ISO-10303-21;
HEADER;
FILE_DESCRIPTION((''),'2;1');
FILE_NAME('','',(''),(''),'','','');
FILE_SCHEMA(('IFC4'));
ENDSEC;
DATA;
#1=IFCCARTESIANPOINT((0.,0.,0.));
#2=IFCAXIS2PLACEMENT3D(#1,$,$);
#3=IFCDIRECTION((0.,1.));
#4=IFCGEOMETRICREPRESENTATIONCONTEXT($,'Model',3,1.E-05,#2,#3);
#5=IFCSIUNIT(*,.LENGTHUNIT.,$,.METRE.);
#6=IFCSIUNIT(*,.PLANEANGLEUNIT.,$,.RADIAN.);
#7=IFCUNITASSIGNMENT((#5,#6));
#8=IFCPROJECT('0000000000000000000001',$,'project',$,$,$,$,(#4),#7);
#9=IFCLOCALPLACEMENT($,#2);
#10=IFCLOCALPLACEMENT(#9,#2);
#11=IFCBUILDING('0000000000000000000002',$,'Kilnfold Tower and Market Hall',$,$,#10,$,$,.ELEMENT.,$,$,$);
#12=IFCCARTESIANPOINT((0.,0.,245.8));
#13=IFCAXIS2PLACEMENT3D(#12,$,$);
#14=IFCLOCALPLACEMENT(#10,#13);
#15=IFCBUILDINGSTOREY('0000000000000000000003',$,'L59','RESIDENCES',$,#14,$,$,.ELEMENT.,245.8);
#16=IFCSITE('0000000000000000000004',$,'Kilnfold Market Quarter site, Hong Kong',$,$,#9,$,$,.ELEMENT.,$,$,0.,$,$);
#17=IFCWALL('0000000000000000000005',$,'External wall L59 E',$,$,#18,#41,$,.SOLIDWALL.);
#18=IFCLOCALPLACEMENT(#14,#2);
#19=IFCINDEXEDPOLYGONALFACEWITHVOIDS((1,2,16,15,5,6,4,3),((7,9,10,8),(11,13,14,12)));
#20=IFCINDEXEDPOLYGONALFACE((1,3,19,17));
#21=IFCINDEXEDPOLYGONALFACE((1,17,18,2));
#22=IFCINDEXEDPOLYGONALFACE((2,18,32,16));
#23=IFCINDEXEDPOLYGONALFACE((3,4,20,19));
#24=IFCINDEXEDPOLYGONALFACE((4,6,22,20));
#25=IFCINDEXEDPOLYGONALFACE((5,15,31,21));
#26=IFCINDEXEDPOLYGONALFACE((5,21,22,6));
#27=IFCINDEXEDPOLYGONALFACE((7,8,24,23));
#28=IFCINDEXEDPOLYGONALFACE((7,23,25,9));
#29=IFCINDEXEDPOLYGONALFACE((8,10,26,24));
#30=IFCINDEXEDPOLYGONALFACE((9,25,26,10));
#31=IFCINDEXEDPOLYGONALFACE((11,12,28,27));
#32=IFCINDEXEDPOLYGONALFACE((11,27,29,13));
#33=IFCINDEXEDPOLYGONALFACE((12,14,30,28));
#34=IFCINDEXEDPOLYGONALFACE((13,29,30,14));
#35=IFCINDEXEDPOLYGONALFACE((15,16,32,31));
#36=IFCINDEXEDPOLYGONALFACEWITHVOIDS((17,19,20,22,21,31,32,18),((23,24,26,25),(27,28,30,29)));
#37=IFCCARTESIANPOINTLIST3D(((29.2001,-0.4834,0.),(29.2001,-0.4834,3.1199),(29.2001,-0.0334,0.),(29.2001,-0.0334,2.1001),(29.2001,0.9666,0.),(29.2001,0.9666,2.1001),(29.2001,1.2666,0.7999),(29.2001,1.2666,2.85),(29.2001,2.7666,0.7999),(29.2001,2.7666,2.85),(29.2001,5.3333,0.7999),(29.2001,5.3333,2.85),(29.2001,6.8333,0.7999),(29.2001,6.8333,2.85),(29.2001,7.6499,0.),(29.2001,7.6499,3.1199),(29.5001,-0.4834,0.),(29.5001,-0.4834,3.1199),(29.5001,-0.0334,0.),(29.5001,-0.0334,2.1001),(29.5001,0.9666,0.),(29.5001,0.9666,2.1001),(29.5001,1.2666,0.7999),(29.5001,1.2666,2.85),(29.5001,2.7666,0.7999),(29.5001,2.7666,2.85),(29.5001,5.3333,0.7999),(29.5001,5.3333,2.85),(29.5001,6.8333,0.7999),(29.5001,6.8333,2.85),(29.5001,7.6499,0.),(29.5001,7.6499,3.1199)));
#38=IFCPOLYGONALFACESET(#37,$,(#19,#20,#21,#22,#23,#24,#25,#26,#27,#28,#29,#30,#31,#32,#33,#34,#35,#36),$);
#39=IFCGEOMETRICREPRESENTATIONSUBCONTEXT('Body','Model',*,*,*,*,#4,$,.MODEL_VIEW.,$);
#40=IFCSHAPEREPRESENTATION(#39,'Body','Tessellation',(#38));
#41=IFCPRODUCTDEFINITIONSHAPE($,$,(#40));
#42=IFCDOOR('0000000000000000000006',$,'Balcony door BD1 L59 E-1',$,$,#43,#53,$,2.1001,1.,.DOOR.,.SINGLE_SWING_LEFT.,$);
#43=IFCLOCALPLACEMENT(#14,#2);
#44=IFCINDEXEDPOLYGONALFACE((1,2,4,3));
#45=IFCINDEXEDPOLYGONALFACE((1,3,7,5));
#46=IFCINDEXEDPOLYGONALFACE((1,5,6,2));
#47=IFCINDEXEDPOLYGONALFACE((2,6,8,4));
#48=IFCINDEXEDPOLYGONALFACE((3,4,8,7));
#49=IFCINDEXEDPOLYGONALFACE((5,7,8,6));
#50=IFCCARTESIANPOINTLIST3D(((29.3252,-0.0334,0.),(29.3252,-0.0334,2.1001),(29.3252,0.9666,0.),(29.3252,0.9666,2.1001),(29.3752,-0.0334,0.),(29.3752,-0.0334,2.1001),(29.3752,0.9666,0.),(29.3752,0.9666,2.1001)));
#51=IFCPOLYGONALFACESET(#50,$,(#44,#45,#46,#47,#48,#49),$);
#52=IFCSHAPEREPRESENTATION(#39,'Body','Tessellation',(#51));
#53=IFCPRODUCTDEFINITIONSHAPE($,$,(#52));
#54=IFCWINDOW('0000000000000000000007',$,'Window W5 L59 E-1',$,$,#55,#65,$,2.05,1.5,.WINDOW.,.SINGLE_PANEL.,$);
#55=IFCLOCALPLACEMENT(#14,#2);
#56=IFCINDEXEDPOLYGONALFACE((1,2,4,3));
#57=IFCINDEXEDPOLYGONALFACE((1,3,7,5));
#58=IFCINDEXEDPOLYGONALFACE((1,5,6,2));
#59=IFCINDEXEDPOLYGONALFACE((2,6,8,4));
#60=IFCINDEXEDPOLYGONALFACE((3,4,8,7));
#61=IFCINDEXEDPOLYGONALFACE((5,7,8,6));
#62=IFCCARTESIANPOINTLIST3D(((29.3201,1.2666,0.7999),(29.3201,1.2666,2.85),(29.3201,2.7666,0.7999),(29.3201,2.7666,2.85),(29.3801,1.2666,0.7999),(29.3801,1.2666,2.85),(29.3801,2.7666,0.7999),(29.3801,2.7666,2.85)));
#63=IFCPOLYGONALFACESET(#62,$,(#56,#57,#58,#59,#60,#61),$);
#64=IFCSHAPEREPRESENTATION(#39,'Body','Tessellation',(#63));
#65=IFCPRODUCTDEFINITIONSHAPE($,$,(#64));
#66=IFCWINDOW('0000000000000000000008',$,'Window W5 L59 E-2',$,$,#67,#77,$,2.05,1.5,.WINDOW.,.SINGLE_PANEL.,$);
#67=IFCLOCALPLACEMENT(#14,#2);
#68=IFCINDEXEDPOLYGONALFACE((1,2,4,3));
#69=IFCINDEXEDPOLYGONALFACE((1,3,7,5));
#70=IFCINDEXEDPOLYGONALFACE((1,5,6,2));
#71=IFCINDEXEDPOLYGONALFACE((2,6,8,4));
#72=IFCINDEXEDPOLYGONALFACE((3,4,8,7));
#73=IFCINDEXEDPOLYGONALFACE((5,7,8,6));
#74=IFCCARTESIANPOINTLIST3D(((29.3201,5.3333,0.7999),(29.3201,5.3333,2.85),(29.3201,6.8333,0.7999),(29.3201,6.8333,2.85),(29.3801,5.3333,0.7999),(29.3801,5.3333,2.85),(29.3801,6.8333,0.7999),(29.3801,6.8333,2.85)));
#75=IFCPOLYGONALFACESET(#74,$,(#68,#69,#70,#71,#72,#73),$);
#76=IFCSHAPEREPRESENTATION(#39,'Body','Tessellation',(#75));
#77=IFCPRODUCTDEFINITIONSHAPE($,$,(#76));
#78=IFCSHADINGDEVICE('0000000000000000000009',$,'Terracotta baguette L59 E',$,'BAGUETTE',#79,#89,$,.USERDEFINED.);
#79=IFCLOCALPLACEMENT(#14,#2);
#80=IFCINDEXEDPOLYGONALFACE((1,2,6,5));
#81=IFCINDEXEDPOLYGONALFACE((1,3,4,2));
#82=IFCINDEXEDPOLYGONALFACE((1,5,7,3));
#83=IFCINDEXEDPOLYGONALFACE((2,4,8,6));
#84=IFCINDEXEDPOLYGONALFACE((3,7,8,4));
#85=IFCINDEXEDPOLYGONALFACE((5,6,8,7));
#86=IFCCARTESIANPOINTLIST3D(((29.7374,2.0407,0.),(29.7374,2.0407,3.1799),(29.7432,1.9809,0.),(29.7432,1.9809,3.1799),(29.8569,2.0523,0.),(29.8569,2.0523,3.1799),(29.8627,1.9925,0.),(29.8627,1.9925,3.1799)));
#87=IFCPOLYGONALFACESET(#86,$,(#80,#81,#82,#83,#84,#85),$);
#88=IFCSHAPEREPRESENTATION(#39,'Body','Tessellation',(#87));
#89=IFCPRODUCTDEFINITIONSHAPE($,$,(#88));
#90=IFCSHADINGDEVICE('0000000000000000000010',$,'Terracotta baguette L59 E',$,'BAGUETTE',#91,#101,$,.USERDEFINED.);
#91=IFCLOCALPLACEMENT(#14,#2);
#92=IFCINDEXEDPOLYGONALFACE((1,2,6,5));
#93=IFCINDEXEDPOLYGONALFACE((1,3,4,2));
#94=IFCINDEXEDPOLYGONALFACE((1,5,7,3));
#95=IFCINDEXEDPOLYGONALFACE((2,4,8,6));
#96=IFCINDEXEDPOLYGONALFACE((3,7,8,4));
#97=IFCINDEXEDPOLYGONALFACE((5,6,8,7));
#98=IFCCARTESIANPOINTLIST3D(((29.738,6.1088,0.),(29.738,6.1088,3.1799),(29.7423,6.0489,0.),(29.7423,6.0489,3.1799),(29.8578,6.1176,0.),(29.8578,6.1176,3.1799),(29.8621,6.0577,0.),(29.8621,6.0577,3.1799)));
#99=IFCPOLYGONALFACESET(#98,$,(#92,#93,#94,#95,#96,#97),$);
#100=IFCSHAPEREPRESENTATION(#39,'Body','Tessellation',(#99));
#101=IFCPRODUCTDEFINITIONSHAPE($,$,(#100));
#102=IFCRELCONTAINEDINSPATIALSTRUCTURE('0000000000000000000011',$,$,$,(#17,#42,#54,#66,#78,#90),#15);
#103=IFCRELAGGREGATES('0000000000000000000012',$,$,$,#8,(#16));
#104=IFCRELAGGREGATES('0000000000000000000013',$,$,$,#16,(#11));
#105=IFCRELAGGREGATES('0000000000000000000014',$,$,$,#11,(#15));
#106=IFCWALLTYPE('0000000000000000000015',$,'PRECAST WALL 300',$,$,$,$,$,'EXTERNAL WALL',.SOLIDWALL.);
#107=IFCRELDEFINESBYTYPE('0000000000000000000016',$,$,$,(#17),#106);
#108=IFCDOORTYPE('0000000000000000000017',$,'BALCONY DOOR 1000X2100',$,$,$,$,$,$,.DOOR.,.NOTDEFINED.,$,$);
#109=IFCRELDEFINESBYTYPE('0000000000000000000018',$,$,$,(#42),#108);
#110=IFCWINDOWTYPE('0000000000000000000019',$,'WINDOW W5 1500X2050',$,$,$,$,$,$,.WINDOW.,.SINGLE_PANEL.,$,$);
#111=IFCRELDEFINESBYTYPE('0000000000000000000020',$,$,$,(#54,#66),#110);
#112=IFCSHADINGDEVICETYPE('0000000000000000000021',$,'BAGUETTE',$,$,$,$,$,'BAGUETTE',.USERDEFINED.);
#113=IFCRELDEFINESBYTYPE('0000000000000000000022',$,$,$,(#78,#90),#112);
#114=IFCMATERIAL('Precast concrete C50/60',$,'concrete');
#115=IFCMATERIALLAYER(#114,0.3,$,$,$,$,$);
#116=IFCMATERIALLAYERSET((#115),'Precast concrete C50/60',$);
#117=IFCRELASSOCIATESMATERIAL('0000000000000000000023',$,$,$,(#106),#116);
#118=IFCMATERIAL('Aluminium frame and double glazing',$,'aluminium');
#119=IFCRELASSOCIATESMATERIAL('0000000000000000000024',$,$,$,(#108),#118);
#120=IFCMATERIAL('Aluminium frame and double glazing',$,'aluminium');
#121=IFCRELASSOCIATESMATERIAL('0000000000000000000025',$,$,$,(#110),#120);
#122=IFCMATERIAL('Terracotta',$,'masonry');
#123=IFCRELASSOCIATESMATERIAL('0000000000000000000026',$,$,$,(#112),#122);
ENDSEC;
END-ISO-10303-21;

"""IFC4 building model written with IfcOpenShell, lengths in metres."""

from ifc_helpers import new_model, si_unit, direction, frame, frame_2d, origin, origin_2d, place, context, subcontext, project, spatial, rectangle, extrude, source, transform, mapped, material, layer, layer_set, material_profile, profile_set, type_object, element, fill, save


model = new_model("IFC4")

# Units and contexts
model_context = context("Model", 3, precision=1e-05, world=origin(), true_north=direction((0.0, 1.0)))
body_context = subcontext(model_context, "Body", "Model", "MODEL_VIEW")
ifc_project = project(units=[si_unit("LENGTHUNIT", "METRE"), si_unit("PLANEANGLEUNIT", "RADIAN")], contexts=[model_context])

# Site, building, storey
site_placement = place(None, origin())
site = spatial("IfcSite", under=ifc_project, at=site_placement, Name="Kilnfold Market Quarter site, Hong Kong", CompositionType="ELEMENT", RefElevation=0.0)
building_placement = place(site_placement, origin())
building = spatial("IfcBuilding", under=site, at=building_placement, Name="Kilnfold Tower and Market Hall", CompositionType="ELEMENT")
storey_placement = place(building_placement, frame((0.0, 0.0, 245.8)))
storey = spatial("IfcBuildingStorey", under=building, at=storey_placement, Name="L59", Description="RESIDENCES", CompositionType="ELEMENT", Elevation=245.8)

# Wall, openings, door, windows
ifc_material_1 = material(Name="Precast concrete C50/60", Category="concrete")
ifc_layer_1 = layer(ifc_material_1, 0.3)
ifc_layer_set_1 = layer_set([ifc_layer_1], Name="Precast concrete C50/60")
wall_type_1 = type_object("IfcWallType", Name="PRECAST WALL 300", ElementType="EXTERNAL WALL", PredefinedType="SOLIDWALL", material=ifc_layer_set_1)
shared_shape_1 = source(origin(), body_context, "Body", "SweptSolid", [
    extrude(rectangle(XDim=8.1333, YDim=0.3, at=frame_2d((4.0667, 0.0))), origin(), (0.0, 0.0, 1.0), 3.1199),
])
wall_1_placement = place(storey_placement, frame((29.3501, -0.4834, 0.0), z_axis=(0.0, 0.0, 1.0), x_axis=(0.0, 1.0, 0.0)))
wall_1 = element("IfcWall", 1, at=wall_1_placement, inside=storey, type_object=wall_type_1, Name="External wall L59 E", PredefinedType="SOLIDWALL", context=body_context, shape_type="MappedRepresentation", body=[
    mapped(shared_shape_1, transform((0.0, 0.0, 0.0))),
])
opening_1_placement = place(wall_1_placement, frame((1.75, 0.0, 0.8)))
opening_1 = element("IfcOpeningElement", 2, at=opening_1_placement, cuts=wall_1, PredefinedType="OPENING", context=body_context, shape_type="SweptSolid", body=[
    extrude(rectangle(XDim=1.5, YDim=2.05, at=frame_2d((0.75, 1.0249))), frame((0.0, 0.1602, 0.0), z_axis=(0.0, -1.0, 0.0), x_axis=(1.0, 0.0, 0.0)), (0.0, 0.0, 1.0), 0.3201),
])
opening_2_placement = place(wall_1_placement, frame((0.45, 0.0, 0.0)))
opening_2 = element("IfcOpeningElement", 3, at=opening_2_placement, cuts=wall_1, PredefinedType="OPENING", context=body_context, shape_type="SweptSolid", body=[
    extrude(rectangle(XDim=1.0, YDim=2.1001, at=frame_2d((0.5, 1.05))), frame((0.0, 0.1602, 0.0), z_axis=(0.0, -1.0, 0.0), x_axis=(1.0, 0.0, 0.0)), (0.0, 0.0, 1.0), 0.3201),
])
opening_3_placement = place(wall_1_placement, frame((5.8167, 0.0, 0.8)))
opening_3 = element("IfcOpeningElement", 4, at=opening_3_placement, cuts=wall_1, PredefinedType="OPENING", context=body_context, shape_type="SweptSolid", body=[
    extrude(rectangle(XDim=1.5, YDim=2.05, at=frame_2d((0.75, 1.0249))), frame((0.0, 0.1602, 0.0), z_axis=(0.0, -1.0, 0.0), x_axis=(1.0, 0.0, 0.0)), (0.0, 0.0, 1.0), 0.3201),
])
ifc_material_2 = material(Name="Aluminium frame and double glazing", Category="aluminium")
door_type_1 = type_object("IfcDoorType", Name="BALCONY DOOR 1000X2100", OperationType="NOTDEFINED", PredefinedType="DOOR", material=ifc_material_2)
door_1_placement = place(opening_2_placement, origin())
door_1 = element("IfcDoor", 5, at=door_1_placement, inside=storey, type_object=door_type_1, Name="Balcony door BD1 L59 E-1", OperationType="SINGLE_SWING_LEFT", OverallHeight=2.1001, OverallWidth=1.0, PredefinedType="DOOR", context=body_context, shape_type="SweptSolid", body=[
    extrude(rectangle(XDim=1.0, YDim=2.1001, at=frame_2d((0.5, 1.05))), frame((0.0, 0.0249, 0.0), z_axis=(0.0, -1.0, 0.0), x_axis=(1.0, 0.0, 0.0)), (0.0, 0.0, 1.0), 0.05),
])
fill(opening_2, door_1)
ifc_material_3 = material(Name="Aluminium frame and double glazing", Category="aluminium")
window_type = type_object("IfcWindowType", Name="WINDOW W5 1500X2050", PartitioningType="SINGLE_PANEL", PredefinedType="WINDOW", material=ifc_material_3)
window_1_placement = place(opening_1_placement, origin())
window_1 = element("IfcWindow", 6, at=window_1_placement, inside=storey, type_object=window_type, Name="Window W5 L59 E-1", OverallHeight=2.05, OverallWidth=1.5, PartitioningType="SINGLE_PANEL", PredefinedType="WINDOW", context=body_context, shape_type="SweptSolid", body=[
    extrude(rectangle(XDim=1.5, YDim=2.05, at=frame_2d((0.75, 1.0249))), frame((0.0, 0.03, 0.0), z_axis=(0.0, -1.0, 0.0), x_axis=(1.0, 0.0, 0.0)), (0.0, 0.0, 1.0), 0.0601),
])
fill(opening_1, window_1)
window_2_placement = place(opening_3_placement, origin())
window_2 = element("IfcWindow", 7, at=window_2_placement, inside=storey, type_object=window_type, Name="Window W5 L59 E-2", OverallHeight=2.05, OverallWidth=1.5, PartitioningType="SINGLE_PANEL", PredefinedType="WINDOW", context=body_context, shape_type="SweptSolid", body=[
    extrude(rectangle(XDim=1.5, YDim=2.05, at=frame_2d((0.75, 1.0249))), frame((0.0, 0.03, 0.0), z_axis=(0.0, -1.0, 0.0), x_axis=(1.0, 0.0, 0.0)), (0.0, 0.0, 1.0), 0.0601),
])
fill(opening_3, window_2)

# Shading devices
ifc_material_4 = material(Name="Terracotta", Category="masonry")
ifc_material_profile_1 = material_profile(ifc_material_4, rectangle(XDim=0.0601, YDim=0.1201, at=origin_2d()), Name="BAG 60x120")
ifc_profile_set_1 = profile_set([ifc_material_profile_1], Name="Terracotta")
shading_device_type = type_object("IfcShadingDeviceType", Name="BAGUETTE", ElementType="BAGUETTE", PredefinedType="USERDEFINED", material=ifc_profile_set_1)
shared_shape_2 = source(origin(), body_context, "Body", "SweptSolid", [
    extrude(rectangle(XDim=0.0601, YDim=0.1201, at=origin_2d()), origin(), (0.0, 0.0, 1.0), 3.1799),
])
for number, where, z_axis, x_axis, name in (
    (8, (29.8, 2.0166, 0.0), (0.0, 0.0, 1.0), (-0.096721, 0.995312, 0.0), "Terracotta baguette L59 E"),
    (9, (29.8, 6.0833, 0.0), (0.0, 0.0, 1.0), (-0.072887, 0.99734, 0.0), "Terracotta baguette L59 E"),
):
    element("IfcShadingDevice", number, at=place(storey_placement, frame(where, z_axis=z_axis, x_axis=x_axis)), inside=storey, type_object=shading_device_type, Name=name, ObjectType="BAGUETTE", PredefinedType="USERDEFINED", context=body_context, shape_type="MappedRepresentation", body=[
        mapped(shared_shape_2, transform((0.0, 0.0, 0.0))),
    ])

save(model, "model.ifc")
